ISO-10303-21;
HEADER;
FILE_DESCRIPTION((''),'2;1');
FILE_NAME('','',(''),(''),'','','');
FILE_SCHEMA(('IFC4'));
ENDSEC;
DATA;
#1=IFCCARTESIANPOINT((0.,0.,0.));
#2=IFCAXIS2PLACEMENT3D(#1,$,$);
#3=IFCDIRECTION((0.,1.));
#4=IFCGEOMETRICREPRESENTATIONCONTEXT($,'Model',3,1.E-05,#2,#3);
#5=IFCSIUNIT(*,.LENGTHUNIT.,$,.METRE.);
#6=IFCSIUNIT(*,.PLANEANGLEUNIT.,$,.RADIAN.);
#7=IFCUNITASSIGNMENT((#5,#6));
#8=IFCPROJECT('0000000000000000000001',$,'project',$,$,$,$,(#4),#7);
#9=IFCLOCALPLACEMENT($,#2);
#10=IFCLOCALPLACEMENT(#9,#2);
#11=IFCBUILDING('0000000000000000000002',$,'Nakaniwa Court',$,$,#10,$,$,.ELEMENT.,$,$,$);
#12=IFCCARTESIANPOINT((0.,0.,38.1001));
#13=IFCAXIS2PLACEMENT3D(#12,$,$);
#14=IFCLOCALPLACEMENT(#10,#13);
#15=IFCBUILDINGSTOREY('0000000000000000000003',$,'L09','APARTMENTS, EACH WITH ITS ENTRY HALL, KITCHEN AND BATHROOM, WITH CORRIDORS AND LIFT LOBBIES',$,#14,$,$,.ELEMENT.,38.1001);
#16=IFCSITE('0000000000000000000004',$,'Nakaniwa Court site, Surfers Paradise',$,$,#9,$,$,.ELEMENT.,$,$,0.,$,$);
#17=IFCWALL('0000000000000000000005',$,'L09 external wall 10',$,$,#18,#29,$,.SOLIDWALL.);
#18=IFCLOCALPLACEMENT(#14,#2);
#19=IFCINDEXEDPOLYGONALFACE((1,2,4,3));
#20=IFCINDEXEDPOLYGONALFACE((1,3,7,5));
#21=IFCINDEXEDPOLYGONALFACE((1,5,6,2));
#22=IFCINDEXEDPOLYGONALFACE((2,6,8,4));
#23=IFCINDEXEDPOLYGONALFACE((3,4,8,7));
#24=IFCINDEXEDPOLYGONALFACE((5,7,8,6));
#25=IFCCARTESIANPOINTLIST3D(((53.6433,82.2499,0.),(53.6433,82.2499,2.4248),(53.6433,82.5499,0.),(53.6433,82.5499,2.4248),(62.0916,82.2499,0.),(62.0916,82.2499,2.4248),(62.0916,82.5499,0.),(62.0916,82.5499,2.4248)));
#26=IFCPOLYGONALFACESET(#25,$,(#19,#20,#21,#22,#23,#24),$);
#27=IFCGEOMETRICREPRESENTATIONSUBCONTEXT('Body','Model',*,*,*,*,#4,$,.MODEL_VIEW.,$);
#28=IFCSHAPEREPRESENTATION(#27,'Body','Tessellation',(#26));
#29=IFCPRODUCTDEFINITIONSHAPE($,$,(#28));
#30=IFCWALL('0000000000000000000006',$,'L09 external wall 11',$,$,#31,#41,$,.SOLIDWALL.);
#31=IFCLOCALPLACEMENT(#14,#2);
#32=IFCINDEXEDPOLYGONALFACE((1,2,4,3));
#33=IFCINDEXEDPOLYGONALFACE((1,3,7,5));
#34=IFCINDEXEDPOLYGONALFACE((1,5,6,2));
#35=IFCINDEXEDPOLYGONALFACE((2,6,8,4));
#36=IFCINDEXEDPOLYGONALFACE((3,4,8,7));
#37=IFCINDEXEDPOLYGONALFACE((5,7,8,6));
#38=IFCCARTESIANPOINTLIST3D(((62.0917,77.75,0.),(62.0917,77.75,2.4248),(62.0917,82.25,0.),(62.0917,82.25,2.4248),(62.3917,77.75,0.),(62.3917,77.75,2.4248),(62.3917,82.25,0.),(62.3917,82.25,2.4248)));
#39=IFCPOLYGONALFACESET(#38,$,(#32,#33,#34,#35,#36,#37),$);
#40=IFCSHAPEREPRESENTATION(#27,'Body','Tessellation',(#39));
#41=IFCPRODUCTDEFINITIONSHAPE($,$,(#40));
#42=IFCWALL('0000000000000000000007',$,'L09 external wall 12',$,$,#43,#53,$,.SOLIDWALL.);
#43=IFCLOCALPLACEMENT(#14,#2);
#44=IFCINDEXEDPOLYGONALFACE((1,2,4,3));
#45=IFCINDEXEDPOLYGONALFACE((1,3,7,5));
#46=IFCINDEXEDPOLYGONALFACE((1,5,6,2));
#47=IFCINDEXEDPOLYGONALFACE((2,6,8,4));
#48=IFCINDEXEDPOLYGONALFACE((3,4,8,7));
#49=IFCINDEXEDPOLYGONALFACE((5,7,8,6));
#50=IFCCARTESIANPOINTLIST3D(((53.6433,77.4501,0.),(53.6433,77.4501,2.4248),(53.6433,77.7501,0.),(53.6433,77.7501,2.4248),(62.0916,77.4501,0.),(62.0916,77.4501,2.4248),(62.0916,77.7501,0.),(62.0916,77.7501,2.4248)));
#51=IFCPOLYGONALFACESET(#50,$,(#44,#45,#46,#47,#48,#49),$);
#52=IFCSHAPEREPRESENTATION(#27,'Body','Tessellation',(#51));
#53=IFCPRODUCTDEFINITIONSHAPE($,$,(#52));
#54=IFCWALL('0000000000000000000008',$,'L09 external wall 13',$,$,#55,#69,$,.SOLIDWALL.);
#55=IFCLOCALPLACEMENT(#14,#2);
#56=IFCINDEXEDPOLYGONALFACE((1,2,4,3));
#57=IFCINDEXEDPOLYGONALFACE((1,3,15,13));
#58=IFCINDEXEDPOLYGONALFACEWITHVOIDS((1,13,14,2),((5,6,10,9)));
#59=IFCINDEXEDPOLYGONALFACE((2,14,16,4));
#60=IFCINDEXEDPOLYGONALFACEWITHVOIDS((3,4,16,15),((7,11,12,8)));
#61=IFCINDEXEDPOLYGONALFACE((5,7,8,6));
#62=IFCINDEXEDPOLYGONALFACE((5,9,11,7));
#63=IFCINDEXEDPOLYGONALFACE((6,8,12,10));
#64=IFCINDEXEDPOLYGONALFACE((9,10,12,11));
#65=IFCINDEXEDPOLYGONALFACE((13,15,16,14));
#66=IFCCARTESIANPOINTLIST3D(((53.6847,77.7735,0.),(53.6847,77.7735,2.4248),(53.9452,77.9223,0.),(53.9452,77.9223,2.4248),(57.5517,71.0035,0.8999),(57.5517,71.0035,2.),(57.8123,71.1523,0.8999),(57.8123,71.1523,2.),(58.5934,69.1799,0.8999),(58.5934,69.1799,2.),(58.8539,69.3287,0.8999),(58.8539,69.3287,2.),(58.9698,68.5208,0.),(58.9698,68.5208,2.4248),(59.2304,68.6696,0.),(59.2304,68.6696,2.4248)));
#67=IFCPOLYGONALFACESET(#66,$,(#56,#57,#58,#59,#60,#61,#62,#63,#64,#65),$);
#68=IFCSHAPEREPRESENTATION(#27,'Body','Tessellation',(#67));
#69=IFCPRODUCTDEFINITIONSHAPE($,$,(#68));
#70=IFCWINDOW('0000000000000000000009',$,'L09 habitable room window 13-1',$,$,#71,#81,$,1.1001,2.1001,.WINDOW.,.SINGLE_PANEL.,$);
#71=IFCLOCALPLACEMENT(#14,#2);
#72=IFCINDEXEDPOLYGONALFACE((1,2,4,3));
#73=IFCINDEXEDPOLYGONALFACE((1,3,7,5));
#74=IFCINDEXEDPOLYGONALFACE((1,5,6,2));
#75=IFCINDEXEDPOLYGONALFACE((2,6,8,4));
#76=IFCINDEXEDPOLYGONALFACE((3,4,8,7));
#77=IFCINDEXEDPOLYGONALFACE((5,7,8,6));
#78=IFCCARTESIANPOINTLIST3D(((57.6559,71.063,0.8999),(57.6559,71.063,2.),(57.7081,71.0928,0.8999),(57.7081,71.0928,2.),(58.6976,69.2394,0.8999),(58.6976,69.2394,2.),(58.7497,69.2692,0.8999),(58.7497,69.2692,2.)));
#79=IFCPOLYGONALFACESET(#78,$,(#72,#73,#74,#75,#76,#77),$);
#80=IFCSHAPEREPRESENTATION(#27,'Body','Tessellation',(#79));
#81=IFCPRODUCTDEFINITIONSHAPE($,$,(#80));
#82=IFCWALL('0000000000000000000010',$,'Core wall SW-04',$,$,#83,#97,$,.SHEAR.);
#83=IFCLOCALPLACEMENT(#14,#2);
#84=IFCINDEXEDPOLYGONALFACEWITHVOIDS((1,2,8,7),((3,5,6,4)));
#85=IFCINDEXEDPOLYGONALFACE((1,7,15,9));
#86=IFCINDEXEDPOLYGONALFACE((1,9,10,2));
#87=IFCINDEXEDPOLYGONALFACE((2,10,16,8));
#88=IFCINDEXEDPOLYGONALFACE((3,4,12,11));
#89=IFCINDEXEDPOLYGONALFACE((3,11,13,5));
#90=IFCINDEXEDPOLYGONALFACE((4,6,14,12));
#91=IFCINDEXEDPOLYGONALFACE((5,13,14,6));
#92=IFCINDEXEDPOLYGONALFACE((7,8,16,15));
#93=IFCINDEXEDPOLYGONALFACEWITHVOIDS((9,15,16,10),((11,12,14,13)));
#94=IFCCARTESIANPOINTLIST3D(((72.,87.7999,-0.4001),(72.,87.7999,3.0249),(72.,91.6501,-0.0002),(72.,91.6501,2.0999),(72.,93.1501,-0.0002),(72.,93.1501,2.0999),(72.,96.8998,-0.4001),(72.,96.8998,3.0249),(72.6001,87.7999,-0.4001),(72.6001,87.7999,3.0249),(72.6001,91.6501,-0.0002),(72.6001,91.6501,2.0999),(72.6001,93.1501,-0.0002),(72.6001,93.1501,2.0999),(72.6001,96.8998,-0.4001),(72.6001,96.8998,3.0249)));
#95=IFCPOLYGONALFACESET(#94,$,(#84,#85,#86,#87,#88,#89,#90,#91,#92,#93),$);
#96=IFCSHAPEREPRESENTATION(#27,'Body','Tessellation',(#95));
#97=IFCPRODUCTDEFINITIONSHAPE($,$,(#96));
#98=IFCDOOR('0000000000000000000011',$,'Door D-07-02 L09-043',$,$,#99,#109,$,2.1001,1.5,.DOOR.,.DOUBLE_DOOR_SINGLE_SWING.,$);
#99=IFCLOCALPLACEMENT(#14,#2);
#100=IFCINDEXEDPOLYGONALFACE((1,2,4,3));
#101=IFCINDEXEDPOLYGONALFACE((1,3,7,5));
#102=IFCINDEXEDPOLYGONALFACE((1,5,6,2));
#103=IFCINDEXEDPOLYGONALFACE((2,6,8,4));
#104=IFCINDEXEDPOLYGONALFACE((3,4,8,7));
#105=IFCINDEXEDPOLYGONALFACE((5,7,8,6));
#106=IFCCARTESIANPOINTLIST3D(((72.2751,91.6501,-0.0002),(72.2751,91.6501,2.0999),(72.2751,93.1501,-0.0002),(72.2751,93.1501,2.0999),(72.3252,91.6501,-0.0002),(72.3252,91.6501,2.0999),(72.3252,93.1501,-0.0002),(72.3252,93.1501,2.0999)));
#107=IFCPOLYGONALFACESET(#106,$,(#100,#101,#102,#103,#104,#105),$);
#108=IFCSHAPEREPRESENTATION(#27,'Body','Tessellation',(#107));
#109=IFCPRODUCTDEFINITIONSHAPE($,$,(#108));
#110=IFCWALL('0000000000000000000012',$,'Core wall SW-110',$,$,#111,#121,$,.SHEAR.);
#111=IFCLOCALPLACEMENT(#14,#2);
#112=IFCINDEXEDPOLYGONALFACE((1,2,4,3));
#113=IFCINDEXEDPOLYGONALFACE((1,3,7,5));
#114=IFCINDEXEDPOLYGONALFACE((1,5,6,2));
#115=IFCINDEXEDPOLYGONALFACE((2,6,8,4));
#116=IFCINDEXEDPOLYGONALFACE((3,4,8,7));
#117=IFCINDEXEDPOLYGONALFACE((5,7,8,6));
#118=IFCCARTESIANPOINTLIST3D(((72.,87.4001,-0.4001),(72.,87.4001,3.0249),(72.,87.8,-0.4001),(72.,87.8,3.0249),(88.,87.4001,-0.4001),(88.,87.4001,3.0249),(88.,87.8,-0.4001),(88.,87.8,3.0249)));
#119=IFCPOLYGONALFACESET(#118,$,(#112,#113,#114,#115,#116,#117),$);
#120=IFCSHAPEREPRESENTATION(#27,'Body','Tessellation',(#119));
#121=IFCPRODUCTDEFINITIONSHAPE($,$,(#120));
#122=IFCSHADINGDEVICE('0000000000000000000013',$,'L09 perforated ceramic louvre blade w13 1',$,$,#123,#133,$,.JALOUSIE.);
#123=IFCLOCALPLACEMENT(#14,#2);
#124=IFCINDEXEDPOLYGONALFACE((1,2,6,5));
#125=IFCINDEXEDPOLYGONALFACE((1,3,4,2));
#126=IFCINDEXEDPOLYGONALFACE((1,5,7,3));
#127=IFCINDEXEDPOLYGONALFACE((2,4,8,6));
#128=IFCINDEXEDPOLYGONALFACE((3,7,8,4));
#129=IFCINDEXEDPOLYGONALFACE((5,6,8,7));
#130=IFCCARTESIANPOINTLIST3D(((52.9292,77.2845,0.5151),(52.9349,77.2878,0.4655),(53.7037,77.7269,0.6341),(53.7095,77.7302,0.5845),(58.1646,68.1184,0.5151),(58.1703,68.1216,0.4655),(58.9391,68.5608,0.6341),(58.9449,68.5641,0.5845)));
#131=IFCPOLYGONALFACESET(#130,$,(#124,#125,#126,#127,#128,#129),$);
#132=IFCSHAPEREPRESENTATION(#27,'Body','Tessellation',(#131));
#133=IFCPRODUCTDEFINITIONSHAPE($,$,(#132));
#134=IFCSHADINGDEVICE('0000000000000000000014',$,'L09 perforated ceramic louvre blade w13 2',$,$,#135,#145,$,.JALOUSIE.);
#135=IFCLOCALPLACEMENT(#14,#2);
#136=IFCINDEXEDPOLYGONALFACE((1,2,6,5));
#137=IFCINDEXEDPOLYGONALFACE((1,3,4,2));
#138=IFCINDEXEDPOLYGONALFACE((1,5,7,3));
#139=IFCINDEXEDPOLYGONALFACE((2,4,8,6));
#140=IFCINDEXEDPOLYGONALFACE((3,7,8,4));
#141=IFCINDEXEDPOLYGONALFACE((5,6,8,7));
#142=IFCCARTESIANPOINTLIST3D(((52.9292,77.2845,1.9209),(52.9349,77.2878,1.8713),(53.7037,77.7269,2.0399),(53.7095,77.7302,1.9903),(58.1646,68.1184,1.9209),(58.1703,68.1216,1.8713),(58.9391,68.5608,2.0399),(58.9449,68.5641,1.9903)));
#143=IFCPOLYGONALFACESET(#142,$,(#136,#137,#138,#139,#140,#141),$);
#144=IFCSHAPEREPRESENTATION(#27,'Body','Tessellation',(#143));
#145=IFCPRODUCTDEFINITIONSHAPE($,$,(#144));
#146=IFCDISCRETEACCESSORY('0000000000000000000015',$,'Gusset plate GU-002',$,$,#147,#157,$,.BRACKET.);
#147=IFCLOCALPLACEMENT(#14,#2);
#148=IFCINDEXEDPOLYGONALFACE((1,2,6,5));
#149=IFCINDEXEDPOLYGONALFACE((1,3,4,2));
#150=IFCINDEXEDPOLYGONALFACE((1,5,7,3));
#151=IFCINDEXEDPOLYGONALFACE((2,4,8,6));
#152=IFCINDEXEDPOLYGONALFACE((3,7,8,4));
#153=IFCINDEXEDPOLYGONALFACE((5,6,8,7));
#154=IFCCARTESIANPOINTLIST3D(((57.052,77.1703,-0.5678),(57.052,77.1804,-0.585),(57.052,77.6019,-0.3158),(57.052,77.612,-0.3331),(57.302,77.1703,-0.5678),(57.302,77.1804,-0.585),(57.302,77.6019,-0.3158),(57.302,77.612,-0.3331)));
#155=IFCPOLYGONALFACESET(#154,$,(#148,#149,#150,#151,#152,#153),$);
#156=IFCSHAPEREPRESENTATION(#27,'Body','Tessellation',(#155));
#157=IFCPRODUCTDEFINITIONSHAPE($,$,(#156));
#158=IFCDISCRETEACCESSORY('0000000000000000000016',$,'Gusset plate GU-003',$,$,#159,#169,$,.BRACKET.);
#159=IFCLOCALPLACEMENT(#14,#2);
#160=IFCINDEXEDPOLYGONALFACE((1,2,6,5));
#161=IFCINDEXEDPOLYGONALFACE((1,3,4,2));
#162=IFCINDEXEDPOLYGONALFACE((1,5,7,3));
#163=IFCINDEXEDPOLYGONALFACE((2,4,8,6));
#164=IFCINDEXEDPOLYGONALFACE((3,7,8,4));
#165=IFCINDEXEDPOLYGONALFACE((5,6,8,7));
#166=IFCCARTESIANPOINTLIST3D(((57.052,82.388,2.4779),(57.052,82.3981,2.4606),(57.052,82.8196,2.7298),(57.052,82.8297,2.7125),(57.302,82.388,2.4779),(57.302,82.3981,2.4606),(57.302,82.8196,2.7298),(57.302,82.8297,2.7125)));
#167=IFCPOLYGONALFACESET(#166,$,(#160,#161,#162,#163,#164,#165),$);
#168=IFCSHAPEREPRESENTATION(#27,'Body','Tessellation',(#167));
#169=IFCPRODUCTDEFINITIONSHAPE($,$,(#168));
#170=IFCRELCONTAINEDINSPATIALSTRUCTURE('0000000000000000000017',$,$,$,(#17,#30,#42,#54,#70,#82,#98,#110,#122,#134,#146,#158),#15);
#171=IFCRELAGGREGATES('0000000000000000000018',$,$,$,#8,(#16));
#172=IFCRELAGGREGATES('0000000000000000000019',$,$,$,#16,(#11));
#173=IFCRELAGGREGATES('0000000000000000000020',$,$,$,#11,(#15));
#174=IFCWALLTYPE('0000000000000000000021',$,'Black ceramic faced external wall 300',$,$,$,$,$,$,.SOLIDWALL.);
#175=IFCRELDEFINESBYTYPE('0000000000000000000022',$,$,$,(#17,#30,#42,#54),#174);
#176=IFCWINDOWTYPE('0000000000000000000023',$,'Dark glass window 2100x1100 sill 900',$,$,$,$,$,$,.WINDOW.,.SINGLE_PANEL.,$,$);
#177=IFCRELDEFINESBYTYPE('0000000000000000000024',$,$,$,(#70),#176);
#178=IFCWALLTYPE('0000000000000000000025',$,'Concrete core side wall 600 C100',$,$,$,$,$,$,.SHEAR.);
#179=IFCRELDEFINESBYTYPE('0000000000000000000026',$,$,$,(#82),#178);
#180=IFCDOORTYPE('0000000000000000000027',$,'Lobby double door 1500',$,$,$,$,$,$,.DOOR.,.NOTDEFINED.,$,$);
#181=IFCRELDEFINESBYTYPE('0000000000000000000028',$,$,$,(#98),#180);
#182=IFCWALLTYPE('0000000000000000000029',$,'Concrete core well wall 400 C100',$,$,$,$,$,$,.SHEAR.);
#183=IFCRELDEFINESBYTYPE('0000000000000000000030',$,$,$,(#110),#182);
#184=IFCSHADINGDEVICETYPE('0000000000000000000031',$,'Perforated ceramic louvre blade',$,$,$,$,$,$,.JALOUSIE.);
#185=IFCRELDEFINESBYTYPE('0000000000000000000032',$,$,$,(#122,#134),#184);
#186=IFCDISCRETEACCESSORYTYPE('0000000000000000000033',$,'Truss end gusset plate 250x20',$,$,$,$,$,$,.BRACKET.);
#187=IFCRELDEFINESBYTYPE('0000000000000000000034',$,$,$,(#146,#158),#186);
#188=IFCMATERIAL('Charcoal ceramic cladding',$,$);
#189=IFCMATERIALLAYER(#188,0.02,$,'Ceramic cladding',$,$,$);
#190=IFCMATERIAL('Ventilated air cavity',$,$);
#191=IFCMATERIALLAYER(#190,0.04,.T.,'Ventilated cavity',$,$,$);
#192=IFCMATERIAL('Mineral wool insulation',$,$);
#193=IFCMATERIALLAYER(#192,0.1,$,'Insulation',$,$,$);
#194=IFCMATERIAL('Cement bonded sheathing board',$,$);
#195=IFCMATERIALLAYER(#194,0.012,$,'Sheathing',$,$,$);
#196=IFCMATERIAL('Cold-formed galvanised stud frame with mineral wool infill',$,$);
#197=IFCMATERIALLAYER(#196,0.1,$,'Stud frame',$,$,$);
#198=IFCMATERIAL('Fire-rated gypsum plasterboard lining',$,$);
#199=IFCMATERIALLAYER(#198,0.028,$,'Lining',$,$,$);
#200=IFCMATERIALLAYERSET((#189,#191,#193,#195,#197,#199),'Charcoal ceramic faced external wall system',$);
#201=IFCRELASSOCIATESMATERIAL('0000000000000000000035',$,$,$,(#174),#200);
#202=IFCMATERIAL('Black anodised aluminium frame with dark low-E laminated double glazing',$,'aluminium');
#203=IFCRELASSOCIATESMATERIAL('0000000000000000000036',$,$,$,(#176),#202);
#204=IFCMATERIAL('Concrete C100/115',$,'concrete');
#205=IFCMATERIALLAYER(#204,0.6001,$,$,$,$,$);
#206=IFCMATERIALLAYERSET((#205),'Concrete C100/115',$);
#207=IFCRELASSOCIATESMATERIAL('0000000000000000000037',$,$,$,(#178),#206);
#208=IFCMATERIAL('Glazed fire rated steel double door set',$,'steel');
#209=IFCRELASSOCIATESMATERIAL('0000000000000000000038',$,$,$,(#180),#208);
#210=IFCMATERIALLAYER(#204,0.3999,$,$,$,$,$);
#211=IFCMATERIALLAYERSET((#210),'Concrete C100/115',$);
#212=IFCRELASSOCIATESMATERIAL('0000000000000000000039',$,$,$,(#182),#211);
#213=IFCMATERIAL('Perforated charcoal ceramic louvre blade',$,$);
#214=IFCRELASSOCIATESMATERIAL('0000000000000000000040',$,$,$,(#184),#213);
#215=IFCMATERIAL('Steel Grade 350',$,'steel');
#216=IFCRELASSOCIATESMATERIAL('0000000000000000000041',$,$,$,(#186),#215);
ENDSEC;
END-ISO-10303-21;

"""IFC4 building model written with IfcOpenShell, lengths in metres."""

from ifc_helpers import new_model, si_unit, direction, frame, frame_2d, origin, origin_2d, place, context, subcontext, project, spatial, rectangle, extrude, material, layer, layer_set, material_profile, profile_set, type_object, element, fill, save


model = new_model("IFC4")

# Units and contexts
model_context = context("Model", 3, precision=1e-05, world=origin(), true_north=direction((0.0, 1.0)))
body_context = subcontext(model_context, "Body", "Model", "MODEL_VIEW")
ifc_project = project(units=[si_unit("LENGTHUNIT", "METRE"), si_unit("PLANEANGLEUNIT", "RADIAN")], contexts=[model_context])

# Site, building, storey
site_placement = place(None, origin())
site = spatial("IfcSite", under=ifc_project, at=site_placement, Name="Nakaniwa Court site, Surfers Paradise", CompositionType="ELEMENT", RefElevation=0.0)
building_placement = place(site_placement, origin())
building = spatial("IfcBuilding", under=site, at=building_placement, Name="Nakaniwa Court", CompositionType="ELEMENT")
storey_placement = place(building_placement, frame((0.0, 0.0, 38.1001)))
storey = spatial("IfcBuildingStorey", under=building, at=storey_placement, Name="L09", Description="APARTMENTS, EACH WITH ITS ENTRY HALL, KITCHEN AND BATHROOM, WITH CORRIDORS AND LIFT LOBBIES", CompositionType="ELEMENT", Elevation=38.1001)

# Shared definitions
ifc_material_1 = material(Name="Steel Grade 350", Category="steel")

# Walls
ifc_material_2 = material(Name="Charcoal ceramic cladding")
ifc_layer_1 = layer(ifc_material_2, 0.02, Name="Ceramic cladding")
ifc_material_3 = material(Name="Ventilated air cavity")
ifc_layer_2 = layer(ifc_material_3, 0.04, ventilated=True, Name="Ventilated cavity")
ifc_material_4 = material(Name="Mineral wool insulation")
ifc_layer_3 = layer(ifc_material_4, 0.1, Name="Insulation")
ifc_material_5 = material(Name="Cement bonded sheathing board")
ifc_layer_4 = layer(ifc_material_5, 0.012, Name="Sheathing")
ifc_material_6 = material(Name="Cold-formed galvanised stud frame with mineral wool infill")
ifc_layer_5 = layer(ifc_material_6, 0.1, Name="Stud frame")
ifc_material_7 = material(Name="Fire-rated gypsum plasterboard lining")
ifc_layer_6 = layer(ifc_material_7, 0.028, Name="Lining")
ifc_layer_set_1 = layer_set([ifc_layer_1, ifc_layer_2, ifc_layer_3, ifc_layer_4, ifc_layer_5, ifc_layer_6], Name="Charcoal ceramic faced external wall system")
wall_type_1 = type_object("IfcWallType", Name="Black ceramic faced external wall 300", PredefinedType="SOLIDWALL", material=ifc_layer_set_1)
wall_1_placement = place(storey_placement, frame((53.6433, 82.3999, 0.0), z_axis=(0.0, 0.0, 1.0), x_axis=(1.0, 0.0, 0.0)))
element("IfcWall", 1, at=wall_1_placement, inside=storey, type_object=wall_type_1, Name="L09 external wall 10", PredefinedType="SOLIDWALL", context=body_context, shape_type="SweptSolid", body=[
    extrude(rectangle(XDim=8.4482, YDim=0.3, at=frame_2d((4.2241, 0.0))), origin(), (0.0, 0.0, 1.0), 2.4248),
])
wall_2_placement = place(storey_placement, frame((62.2417, 82.25, 0.0), z_axis=(0.0, 0.0, 1.0), x_axis=(0.0, -1.0, 0.0)))
element("IfcWall", 2, at=wall_2_placement, inside=storey, type_object=wall_type_1, Name="L09 external wall 11", PredefinedType="SOLIDWALL", context=body_context, shape_type="SweptSolid", body=[
    extrude(rectangle(XDim=4.5, YDim=0.3, at=frame_2d((2.25, 0.0))), origin(), (0.0, 0.0, 1.0), 2.4248),
])
wall_3_placement = place(storey_placement, frame((62.0916, 77.6001, 0.0), z_axis=(0.0, 0.0, 1.0), x_axis=(-1.0, 0.0, 0.0)))
element("IfcWall", 3, at=wall_3_placement, inside=storey, type_object=wall_type_1, Name="L09 external wall 12", PredefinedType="SOLIDWALL", context=body_context, shape_type="SweptSolid", body=[
    extrude(rectangle(XDim=8.4482, YDim=0.3, at=frame_2d((4.2241, 0.0))), origin(), (0.0, 0.0, 1.0), 2.4248),
])

# Wall, opening, window
wall_4_placement = place(storey_placement, frame((53.8149, 77.8479, 0.0), z_axis=(0.0, 0.0, 1.0), x_axis=(0.495991, -0.868328, 0.0)))
wall_4 = element("IfcWall", 4, at=wall_4_placement, inside=storey, type_object=wall_type_1, Name="L09 external wall 13", PredefinedType="SOLIDWALL", context=body_context, shape_type="SweptSolid", body=[
    extrude(rectangle(XDim=10.6558, YDim=0.3, at=frame_2d((5.3279, 0.0))), origin(), (0.0, 0.0, 1.0), 2.4248),
])
opening_1_placement = place(wall_4_placement, frame((7.7966, 0.0, 0.8999)))
opening_1 = element("IfcOpeningElement", 5, at=opening_1_placement, cuts=wall_4, PredefinedType="OPENING", context=body_context, shape_type="SweptSolid", body=[
    extrude(rectangle(XDim=2.1001, YDim=1.1001, at=frame_2d((1.05, 0.55))), frame((0.0, 0.1599, 0.0), z_axis=(0.0, -1.0, 0.0), x_axis=(1.0, 0.0, 0.0)), (0.0, 0.0, 1.0), 0.3201),
])
ifc_material_8 = material(Name="Black anodised aluminium frame with dark low-E laminated double glazing", Category="aluminium")
window_type = type_object("IfcWindowType", Name="Dark glass window 2100x1100 sill 900", PartitioningType="SINGLE_PANEL", PredefinedType="WINDOW", material=ifc_material_8)
window_placement = place(opening_1_placement, origin())
window = element("IfcWindow", 6, at=window_placement, inside=storey, type_object=window_type, Name="L09 habitable room window 13-1", OverallHeight=1.1001, OverallWidth=2.1001, PartitioningType="SINGLE_PANEL", PredefinedType="WINDOW", context=body_context, shape_type="SweptSolid", body=[
    extrude(rectangle(XDim=2.1001, YDim=1.1001, at=frame_2d((1.05, 0.55))), frame((0.0, 0.03, 0.0), z_axis=(0.0, -1.0, 0.0), x_axis=(1.0, 0.0, 0.0)), (0.0, 0.0, 1.0), 0.0601),
])
fill(opening_1, window)

# Wall, opening, door
ifc_material_9 = material(Name="Concrete C100/115", Category="concrete")
ifc_layer_7 = layer(ifc_material_9, 0.6001)
ifc_layer_set_2 = layer_set([ifc_layer_7], Name="Concrete C100/115")
wall_type_2 = type_object("IfcWallType", Name="Concrete core side wall 600 C100", PredefinedType="SHEAR", material=ifc_layer_set_2)
wall_5_placement = place(storey_placement, frame((72.3, 87.8, -0.4001), z_axis=(0.0, 0.0, 1.0), x_axis=(0.0, 1.0, 0.0)))
wall_5 = element("IfcWall", 7, at=wall_5_placement, inside=storey, type_object=wall_type_2, Name="Core wall SW-04", PredefinedType="SHEAR", context=body_context, shape_type="SweptSolid", body=[
    extrude(rectangle(XDim=9.0999, YDim=0.6001, at=frame_2d((4.5498, 0.0))), origin(), (0.0, 0.0, 1.0), 3.425),
])
opening_2_placement = place(wall_5_placement, frame((3.8501, 0.0, 0.3999)))
opening_2 = element("IfcOpeningElement", 8, at=opening_2_placement, cuts=wall_5, PredefinedType="OPENING", context=body_context, shape_type="SweptSolid", body=[
    extrude(rectangle(XDim=1.5, YDim=2.1001, at=frame_2d((0.75, 1.05))), frame((0.0, 0.3101, 0.0), z_axis=(0.0, -1.0, 0.0), x_axis=(1.0, 0.0, 0.0)), (0.0, 0.0, 1.0), 0.6201),
])
ifc_material_10 = material(Name="Glazed fire rated steel double door set", Category="steel")
door_type = type_object("IfcDoorType", Name="Lobby double door 1500", OperationType="NOTDEFINED", PredefinedType="DOOR", material=ifc_material_10)
door_placement = place(opening_2_placement, origin())
door = element("IfcDoor", 9, at=door_placement, inside=storey, type_object=door_type, Name="Door D-07-02 L09-043", OperationType="DOUBLE_DOOR_SINGLE_SWING", OverallHeight=2.1001, OverallWidth=1.5, PredefinedType="DOOR", context=body_context, shape_type="SweptSolid", body=[
    extrude(rectangle(XDim=1.5, YDim=2.1001, at=frame_2d((0.75, 1.05))), frame((0.0, 0.0249, 0.0), z_axis=(0.0, -1.0, 0.0), x_axis=(1.0, 0.0, 0.0)), (0.0, 0.0, 1.0), 0.05),
])
fill(opening_2, door)

# Wall
ifc_layer_8 = layer(ifc_material_9, 0.3999)
ifc_layer_set_3 = layer_set([ifc_layer_8], Name="Concrete C100/115")
wall_type_3 = type_object("IfcWallType", Name="Concrete core well wall 400 C100", PredefinedType="SHEAR", material=ifc_layer_set_3)
wall_6_placement = place(storey_placement, frame((72.0, 87.6001, -0.4001), z_axis=(0.0, 0.0, 1.0), x_axis=(1.0, 0.0, 0.0)))
element("IfcWall", 10, at=wall_6_placement, inside=storey, type_object=wall_type_3, Name="Core wall SW-110", PredefinedType="SHEAR", context=body_context, shape_type="SweptSolid", body=[
    extrude(rectangle(XDim=16.0, YDim=0.3999, at=frame_2d((8.0, 0.0))), origin(), (0.0, 0.0, 1.0), 3.425),
])

# Shading devices
ifc_material_11 = material(Name="Perforated charcoal ceramic louvre blade")
ifc_material_profile_1 = material_profile(ifc_material_11, rectangle(XDim=0.8999, YDim=0.05, at=origin_2d()), Name="Perforated ceramic louvre blade")
ifc_profile_set_1 = profile_set([ifc_material_profile_1], Name="Perforated charcoal ceramic louvre blade")
shading_device_type = type_object("IfcShadingDeviceType", Name="Perforated ceramic louvre blade", PredefinedType="JALOUSIE", material=ifc_profile_set_1)
for number, where, z_axis, x_axis, name in (
    (11, (53.3193, 77.5073, 0.5498), (0.49597, -0.86834, 0.0), (0.860712, 0.491613, 0.132256), "L09 perforated ceramic louvre blade w13 1"),
    (12, (53.3193, 77.5073, 1.9556), (0.49597, -0.86834, 0.0), (0.860712, 0.491613, 0.132256), "L09 perforated ceramic louvre blade w13 2"),
):
    element("IfcShadingDevice", number, at=place(storey_placement, frame(where, z_axis=z_axis, x_axis=x_axis)), inside=storey, type_object=shading_device_type, Name=name, PredefinedType="JALOUSIE", context=body_context, shape_type="SweptSolid", body=[
        extrude(rectangle(XDim=0.8999, YDim=0.05, at=origin_2d()), origin(), (0.0, 0.0, 1.0), 10.5559),
    ])

# Discrete accessories
ifc_material_profile_2 = material_profile(ifc_material_1, rectangle(XDim=0.25, YDim=0.02, at=origin_2d()), Name="Truss end gusset plate 250x20")
ifc_profile_set_2 = profile_set([ifc_material_profile_2], Name="Steel Grade 350")
discrete_accessory_type = type_object("IfcDiscreteAccessoryType", Name="Truss end gusset plate 250x20", PredefinedType="BRACKET", material=ifc_profile_set_2)
for number, where, z_axis, x_axis, name in (
    (13, (57.177, 77.6069, -0.3245), (0.0, -0.863637, -0.504114), (1.0, 0.0, 0.0), "Gusset plate GU-002"),
    (14, (57.177, 82.3931, 2.4692), (0.0, 0.863637, 0.504114), (-1.0, 0.0, 0.0), "Gusset plate GU-003"),
):
    element("IfcDiscreteAccessory", number, at=place(storey_placement, frame(where, z_axis=z_axis, x_axis=x_axis)), inside=storey, type_object=discrete_accessory_type, Name=name, PredefinedType="BRACKET", context=body_context, shape_type="SweptSolid", body=[
        extrude(rectangle(XDim=0.25, YDim=0.02, at=origin_2d()), origin(), (0.0, 0.0, 1.0), 0.4998),
    ])

save(model, "model.ifc")
